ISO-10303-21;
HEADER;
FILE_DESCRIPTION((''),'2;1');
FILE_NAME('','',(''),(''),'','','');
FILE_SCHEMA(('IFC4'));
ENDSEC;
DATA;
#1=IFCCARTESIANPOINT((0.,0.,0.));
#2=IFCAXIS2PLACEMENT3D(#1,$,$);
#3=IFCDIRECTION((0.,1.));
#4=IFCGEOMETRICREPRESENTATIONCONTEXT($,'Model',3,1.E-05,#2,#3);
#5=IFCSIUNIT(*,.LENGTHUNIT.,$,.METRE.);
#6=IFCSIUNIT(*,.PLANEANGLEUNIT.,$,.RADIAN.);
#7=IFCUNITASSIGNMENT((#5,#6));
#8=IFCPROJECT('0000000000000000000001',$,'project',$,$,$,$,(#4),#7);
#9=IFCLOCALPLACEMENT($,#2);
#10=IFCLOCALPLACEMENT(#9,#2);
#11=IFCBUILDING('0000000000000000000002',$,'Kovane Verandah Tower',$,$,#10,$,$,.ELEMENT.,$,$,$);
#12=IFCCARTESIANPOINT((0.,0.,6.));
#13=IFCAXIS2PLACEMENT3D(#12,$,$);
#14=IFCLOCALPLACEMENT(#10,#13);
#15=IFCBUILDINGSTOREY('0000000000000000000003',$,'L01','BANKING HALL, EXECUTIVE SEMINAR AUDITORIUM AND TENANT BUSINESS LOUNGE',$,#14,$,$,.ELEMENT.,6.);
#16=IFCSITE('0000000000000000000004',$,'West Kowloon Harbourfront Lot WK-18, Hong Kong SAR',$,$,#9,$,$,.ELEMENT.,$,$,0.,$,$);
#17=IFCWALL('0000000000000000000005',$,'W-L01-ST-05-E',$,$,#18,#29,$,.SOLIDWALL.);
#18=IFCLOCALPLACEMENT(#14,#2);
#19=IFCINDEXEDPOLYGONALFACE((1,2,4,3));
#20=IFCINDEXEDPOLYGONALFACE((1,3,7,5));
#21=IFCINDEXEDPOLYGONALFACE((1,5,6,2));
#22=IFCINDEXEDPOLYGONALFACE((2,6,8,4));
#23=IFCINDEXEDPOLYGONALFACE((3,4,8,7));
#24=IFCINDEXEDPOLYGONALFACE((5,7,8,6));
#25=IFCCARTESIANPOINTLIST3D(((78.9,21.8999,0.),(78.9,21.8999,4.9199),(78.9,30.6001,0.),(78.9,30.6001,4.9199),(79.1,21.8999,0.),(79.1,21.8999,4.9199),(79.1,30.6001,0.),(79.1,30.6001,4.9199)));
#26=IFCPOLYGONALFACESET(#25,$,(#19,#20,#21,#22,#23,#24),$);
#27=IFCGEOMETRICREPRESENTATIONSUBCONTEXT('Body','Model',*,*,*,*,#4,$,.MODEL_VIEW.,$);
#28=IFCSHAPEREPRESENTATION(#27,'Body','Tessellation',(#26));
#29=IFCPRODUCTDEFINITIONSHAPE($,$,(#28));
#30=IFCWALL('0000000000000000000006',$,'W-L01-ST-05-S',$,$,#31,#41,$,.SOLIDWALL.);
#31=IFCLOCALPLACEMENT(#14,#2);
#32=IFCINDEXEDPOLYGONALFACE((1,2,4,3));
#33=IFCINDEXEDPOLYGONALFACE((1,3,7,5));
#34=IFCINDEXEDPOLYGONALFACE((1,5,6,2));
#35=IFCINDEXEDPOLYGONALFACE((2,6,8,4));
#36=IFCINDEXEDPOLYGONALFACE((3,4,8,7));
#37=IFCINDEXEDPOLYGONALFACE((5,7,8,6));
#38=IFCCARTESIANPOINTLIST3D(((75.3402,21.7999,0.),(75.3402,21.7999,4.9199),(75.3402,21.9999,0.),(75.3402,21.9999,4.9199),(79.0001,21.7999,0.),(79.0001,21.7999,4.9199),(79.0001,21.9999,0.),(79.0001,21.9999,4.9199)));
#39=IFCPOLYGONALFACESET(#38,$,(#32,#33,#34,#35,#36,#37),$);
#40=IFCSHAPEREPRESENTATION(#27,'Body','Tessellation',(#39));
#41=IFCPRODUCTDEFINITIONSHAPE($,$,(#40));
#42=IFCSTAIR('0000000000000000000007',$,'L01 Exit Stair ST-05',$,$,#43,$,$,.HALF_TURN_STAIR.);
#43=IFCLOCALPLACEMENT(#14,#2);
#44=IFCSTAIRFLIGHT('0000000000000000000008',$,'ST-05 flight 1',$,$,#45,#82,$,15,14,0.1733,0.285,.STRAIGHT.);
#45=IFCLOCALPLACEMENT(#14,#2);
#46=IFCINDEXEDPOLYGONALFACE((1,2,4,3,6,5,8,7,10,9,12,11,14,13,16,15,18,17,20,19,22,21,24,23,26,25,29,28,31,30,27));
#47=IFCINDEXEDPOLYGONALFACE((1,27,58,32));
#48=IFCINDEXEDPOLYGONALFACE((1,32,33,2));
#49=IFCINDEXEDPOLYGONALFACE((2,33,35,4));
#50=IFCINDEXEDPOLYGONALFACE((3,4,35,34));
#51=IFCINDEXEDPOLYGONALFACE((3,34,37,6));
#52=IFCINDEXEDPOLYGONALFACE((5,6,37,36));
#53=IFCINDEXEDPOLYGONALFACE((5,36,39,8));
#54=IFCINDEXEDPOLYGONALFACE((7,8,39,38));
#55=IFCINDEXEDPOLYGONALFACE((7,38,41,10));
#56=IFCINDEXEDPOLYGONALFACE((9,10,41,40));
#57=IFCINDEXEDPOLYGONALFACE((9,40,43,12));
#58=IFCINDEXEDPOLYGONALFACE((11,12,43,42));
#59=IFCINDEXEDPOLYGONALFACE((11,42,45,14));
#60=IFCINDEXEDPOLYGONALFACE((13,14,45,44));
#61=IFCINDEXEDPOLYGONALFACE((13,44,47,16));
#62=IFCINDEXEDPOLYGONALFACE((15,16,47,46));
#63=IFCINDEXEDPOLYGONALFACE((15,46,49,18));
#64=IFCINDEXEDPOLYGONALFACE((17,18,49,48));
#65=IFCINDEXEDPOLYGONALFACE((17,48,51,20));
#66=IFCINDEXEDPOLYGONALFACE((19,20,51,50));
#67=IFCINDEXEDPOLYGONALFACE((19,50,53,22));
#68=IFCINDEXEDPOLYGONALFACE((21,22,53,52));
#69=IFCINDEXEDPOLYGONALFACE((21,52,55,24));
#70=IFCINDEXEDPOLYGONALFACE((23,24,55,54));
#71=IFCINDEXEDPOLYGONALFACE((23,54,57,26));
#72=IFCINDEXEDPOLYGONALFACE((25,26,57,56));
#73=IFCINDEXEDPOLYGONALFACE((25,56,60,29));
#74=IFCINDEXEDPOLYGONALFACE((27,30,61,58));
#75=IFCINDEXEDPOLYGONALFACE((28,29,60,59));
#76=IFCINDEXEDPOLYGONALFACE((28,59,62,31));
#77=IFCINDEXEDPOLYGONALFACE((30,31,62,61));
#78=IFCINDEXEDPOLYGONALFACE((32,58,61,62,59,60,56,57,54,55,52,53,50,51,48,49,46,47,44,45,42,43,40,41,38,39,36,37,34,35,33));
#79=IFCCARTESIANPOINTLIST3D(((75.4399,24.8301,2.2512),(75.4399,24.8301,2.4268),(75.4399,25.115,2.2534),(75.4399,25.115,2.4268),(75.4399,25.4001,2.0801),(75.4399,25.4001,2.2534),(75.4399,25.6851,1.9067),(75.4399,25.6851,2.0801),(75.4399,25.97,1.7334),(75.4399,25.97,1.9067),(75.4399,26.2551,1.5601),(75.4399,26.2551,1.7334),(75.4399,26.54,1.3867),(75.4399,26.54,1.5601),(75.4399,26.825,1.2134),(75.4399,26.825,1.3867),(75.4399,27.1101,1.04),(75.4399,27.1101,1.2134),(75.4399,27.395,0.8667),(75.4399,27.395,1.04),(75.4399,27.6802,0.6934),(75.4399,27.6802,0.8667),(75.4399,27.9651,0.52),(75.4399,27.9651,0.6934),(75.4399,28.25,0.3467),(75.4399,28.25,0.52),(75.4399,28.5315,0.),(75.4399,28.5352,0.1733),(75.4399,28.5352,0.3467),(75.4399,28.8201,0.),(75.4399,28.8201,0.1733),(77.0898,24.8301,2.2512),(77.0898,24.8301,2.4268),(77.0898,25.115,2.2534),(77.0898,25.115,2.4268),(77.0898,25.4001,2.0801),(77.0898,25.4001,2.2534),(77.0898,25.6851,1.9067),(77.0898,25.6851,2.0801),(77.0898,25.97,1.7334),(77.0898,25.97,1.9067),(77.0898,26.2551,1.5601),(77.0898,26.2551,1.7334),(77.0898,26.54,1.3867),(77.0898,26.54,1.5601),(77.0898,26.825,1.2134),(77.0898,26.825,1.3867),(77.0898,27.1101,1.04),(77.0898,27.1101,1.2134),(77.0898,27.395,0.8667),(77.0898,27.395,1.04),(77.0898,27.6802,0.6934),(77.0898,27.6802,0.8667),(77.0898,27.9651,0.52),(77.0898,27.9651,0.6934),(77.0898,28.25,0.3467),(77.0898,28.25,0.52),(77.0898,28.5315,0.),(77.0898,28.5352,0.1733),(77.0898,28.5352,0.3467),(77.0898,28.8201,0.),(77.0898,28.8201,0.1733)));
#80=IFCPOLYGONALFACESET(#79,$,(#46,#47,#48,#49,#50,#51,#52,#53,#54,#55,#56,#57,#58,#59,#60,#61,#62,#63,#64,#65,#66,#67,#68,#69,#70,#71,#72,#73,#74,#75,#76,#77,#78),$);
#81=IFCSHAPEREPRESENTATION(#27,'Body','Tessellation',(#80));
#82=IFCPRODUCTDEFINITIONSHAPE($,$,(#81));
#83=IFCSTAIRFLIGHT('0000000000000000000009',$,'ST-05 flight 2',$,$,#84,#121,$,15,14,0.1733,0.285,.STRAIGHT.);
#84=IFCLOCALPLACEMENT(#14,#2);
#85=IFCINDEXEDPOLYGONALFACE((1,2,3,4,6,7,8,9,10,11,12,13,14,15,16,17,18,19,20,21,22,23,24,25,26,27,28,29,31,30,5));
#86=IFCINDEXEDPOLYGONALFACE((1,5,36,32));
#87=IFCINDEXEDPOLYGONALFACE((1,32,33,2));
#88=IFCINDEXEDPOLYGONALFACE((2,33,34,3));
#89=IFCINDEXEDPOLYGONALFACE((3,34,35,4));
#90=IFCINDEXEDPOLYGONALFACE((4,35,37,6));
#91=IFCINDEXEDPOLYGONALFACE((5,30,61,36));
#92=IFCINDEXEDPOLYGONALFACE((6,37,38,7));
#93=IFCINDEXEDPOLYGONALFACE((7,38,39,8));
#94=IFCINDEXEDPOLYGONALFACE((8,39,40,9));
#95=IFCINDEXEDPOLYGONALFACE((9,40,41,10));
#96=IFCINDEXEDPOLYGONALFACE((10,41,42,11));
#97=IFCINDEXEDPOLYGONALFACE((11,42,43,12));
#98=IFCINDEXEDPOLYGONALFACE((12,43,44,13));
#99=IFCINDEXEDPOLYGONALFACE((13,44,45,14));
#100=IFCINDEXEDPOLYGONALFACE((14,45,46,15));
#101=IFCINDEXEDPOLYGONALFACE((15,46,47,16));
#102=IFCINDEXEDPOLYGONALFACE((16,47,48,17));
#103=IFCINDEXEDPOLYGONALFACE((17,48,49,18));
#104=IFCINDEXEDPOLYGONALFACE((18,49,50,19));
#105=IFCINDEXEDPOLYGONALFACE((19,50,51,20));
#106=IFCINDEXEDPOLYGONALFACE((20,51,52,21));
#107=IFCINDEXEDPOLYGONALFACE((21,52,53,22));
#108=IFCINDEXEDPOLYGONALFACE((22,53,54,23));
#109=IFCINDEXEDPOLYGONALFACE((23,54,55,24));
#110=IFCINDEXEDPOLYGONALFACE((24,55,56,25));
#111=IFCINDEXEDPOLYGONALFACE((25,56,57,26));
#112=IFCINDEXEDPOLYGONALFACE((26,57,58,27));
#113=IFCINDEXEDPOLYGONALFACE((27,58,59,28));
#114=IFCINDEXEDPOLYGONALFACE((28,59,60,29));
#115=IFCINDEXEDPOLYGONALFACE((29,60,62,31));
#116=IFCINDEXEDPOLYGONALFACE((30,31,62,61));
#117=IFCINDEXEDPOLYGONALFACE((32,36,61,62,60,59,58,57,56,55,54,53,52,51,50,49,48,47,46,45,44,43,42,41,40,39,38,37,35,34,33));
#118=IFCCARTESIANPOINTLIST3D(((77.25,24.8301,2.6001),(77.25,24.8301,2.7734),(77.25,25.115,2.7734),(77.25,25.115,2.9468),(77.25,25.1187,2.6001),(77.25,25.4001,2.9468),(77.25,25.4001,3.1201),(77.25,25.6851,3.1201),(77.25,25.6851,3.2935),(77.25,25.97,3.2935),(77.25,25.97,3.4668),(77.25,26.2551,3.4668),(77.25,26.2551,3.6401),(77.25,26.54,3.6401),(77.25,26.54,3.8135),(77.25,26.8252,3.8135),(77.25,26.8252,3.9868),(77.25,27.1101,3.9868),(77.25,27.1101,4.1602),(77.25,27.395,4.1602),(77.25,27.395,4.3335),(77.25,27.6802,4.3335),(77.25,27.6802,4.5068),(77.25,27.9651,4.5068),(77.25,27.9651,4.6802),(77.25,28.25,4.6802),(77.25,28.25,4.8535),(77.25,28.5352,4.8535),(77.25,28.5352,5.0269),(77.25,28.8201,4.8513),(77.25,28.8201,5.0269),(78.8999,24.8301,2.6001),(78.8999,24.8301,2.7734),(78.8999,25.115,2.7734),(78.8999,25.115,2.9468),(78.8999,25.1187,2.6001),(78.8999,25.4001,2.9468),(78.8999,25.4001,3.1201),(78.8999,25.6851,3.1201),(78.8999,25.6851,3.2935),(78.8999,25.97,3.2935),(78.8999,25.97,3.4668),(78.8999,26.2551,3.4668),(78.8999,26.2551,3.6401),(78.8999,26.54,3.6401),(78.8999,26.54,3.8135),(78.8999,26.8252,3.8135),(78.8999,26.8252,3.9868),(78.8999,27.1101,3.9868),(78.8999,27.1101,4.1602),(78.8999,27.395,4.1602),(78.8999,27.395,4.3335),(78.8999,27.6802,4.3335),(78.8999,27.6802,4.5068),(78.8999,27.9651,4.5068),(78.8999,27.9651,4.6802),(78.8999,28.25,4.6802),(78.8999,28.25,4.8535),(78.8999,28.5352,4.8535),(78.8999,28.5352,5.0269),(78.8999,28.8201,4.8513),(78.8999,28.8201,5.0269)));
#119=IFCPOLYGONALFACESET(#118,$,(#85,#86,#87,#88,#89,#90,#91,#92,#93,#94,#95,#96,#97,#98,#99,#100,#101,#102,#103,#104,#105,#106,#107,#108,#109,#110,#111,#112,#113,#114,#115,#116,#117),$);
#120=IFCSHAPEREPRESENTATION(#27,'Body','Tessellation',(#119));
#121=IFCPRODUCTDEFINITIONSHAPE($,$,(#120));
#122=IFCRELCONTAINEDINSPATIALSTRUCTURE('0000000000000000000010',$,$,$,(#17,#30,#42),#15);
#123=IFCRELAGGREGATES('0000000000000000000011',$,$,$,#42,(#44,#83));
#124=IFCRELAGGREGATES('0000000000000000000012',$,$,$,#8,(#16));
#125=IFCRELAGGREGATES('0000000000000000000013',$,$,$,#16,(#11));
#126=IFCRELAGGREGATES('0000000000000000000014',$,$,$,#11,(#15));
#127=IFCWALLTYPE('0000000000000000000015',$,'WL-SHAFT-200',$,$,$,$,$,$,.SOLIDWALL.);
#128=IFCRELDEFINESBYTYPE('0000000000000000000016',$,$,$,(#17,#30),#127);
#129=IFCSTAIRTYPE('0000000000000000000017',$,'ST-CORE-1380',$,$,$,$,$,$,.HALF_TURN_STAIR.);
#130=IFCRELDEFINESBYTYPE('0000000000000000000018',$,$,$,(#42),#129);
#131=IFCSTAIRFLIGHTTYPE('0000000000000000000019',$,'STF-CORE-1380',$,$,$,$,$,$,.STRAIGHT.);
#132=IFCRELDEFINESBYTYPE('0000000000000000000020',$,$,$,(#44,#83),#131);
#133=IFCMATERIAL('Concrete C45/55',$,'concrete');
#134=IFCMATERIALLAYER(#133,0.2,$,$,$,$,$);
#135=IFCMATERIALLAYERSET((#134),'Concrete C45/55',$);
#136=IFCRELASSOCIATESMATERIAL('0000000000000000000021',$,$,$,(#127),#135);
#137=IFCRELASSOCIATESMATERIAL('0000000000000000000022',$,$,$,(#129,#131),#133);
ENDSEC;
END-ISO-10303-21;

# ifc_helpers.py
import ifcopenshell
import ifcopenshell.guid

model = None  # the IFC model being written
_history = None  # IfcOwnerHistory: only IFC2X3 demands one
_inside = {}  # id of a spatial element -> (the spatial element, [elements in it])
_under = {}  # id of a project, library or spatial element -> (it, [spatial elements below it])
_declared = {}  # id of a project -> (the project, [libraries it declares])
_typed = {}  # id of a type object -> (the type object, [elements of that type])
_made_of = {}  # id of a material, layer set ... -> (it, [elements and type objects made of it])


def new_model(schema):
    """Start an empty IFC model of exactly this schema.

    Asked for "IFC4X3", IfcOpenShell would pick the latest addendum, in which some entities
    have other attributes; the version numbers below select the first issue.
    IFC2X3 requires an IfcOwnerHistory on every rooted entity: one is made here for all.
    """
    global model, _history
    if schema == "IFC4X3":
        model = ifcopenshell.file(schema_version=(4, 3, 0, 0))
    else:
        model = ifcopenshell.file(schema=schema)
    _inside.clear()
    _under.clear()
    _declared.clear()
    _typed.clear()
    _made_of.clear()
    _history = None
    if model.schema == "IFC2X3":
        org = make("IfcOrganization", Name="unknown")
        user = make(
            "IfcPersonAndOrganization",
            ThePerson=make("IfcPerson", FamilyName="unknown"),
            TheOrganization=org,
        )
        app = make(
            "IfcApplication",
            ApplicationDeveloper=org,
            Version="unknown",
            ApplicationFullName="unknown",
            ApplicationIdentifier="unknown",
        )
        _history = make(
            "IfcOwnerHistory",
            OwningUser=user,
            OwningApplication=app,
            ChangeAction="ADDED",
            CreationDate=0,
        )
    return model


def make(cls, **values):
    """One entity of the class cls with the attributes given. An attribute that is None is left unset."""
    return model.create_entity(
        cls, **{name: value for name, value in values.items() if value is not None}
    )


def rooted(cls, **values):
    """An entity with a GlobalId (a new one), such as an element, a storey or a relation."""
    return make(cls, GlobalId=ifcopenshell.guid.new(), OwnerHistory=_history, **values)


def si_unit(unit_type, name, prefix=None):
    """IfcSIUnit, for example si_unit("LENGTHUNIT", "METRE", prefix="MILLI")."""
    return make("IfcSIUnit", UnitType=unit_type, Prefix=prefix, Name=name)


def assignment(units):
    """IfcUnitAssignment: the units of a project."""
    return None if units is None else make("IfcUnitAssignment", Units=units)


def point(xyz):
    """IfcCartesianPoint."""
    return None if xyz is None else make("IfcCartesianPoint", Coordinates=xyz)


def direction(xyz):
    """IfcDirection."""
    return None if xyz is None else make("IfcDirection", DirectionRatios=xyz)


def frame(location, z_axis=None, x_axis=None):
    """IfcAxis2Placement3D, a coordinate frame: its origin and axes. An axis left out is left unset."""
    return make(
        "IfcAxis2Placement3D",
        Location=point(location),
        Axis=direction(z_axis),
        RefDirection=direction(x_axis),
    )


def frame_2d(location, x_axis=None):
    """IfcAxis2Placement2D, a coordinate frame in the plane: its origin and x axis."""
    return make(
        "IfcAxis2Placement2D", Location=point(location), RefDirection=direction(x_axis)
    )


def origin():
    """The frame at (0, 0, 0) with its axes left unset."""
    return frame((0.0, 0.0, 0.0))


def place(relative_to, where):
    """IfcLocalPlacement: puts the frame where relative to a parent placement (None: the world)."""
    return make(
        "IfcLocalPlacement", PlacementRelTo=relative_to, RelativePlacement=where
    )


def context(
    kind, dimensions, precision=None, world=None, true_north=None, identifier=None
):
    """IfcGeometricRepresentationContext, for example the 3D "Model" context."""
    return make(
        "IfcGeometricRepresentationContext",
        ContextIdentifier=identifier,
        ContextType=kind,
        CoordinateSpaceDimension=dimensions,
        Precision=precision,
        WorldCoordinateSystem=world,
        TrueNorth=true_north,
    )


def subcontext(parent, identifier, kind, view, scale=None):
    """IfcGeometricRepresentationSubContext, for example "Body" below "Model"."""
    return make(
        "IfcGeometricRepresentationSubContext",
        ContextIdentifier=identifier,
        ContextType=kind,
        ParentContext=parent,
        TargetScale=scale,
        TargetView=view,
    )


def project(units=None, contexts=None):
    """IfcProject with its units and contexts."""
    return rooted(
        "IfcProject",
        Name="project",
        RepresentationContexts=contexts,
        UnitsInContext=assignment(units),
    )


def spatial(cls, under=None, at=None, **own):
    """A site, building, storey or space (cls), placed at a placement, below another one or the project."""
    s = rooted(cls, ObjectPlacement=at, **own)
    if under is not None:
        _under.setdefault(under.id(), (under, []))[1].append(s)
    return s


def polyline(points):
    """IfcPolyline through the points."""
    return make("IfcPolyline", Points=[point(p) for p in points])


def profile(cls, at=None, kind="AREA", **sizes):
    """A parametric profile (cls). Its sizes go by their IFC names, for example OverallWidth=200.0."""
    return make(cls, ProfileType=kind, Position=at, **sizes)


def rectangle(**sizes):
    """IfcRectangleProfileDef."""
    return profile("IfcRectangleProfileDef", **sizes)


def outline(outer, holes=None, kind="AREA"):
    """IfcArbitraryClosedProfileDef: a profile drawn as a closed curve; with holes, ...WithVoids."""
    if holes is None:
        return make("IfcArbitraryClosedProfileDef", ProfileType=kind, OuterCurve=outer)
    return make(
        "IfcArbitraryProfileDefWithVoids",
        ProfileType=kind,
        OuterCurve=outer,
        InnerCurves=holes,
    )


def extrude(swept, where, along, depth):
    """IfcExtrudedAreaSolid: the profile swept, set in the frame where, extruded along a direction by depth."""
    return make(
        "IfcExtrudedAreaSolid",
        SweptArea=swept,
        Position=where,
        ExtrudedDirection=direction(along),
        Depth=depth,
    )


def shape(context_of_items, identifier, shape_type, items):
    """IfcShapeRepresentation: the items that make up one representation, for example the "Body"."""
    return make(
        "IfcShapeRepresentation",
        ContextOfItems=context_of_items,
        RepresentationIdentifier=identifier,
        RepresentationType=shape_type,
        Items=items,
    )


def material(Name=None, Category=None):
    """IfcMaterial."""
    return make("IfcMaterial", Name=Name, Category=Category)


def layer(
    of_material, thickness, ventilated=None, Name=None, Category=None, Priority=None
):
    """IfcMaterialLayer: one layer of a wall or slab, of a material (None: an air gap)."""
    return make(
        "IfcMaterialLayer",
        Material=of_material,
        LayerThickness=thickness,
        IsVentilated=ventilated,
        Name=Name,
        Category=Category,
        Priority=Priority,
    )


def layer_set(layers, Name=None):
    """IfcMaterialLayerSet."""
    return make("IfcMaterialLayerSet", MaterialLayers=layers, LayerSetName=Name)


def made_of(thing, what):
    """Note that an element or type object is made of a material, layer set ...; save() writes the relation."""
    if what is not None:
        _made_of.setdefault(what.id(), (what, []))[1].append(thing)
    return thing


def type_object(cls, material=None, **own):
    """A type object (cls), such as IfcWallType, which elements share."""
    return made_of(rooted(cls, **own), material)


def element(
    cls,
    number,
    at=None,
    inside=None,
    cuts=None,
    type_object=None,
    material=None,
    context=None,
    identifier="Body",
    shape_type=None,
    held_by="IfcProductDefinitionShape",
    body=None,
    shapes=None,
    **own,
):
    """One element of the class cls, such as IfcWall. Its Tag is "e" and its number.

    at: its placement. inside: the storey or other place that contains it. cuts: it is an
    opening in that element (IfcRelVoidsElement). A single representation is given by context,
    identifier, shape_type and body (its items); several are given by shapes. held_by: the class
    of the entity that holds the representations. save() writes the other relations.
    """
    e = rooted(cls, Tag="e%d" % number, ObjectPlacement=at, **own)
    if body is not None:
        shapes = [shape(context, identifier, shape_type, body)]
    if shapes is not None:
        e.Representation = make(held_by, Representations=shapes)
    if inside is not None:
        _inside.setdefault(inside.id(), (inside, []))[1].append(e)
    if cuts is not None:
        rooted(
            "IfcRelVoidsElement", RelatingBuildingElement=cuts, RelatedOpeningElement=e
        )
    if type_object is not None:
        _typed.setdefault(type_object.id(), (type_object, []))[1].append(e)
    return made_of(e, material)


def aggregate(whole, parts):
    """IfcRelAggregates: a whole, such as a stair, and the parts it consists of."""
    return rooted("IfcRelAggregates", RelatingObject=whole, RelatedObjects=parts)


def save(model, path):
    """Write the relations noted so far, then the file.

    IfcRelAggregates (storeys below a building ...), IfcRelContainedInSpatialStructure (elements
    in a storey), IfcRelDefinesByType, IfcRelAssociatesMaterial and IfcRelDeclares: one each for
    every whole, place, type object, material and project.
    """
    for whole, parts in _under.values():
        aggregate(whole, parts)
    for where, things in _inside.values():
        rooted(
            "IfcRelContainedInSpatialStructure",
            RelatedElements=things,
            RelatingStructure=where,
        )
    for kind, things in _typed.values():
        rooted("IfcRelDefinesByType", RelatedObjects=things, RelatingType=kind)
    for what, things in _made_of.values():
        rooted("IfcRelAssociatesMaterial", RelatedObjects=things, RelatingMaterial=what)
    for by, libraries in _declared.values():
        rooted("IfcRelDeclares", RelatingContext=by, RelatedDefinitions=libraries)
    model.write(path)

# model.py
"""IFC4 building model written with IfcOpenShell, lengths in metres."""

from ifc_helpers import new_model, si_unit, direction, frame, frame_2d, origin, place, context, subcontext, project, spatial, polyline, rectangle, outline, extrude, material, layer, layer_set, type_object, element, aggregate, save


model = new_model("IFC4")

# Units and contexts
model_context = context("Model", 3, precision=1e-05, world=origin(), true_north=direction((0.0, 1.0)))
body_context = subcontext(model_context, "Body", "Model", "MODEL_VIEW")
ifc_project = project(units=[si_unit("LENGTHUNIT", "METRE"), si_unit("PLANEANGLEUNIT", "RADIAN")], contexts=[model_context])

# Site, building, storey
site_placement = place(None, origin())
site = spatial("IfcSite", under=ifc_project, at=site_placement, Name="West Kowloon Harbourfront Lot WK-18, Hong Kong SAR", CompositionType="ELEMENT", RefElevation=0.0)
building_placement = place(site_placement, origin())
building = spatial("IfcBuilding", under=site, at=building_placement, Name="Kovane Verandah Tower", CompositionType="ELEMENT")
storey_placement = place(building_placement, frame((0.0, 0.0, 6.0)))
storey = spatial("IfcBuildingStorey", under=building, at=storey_placement, Name="L01", Description="BANKING HALL, EXECUTIVE SEMINAR AUDITORIUM AND TENANT BUSINESS LOUNGE", CompositionType="ELEMENT", Elevation=6.0)

# Walls
ifc_material_1 = material(Name="Concrete C45/55", Category="concrete")
ifc_layer_1 = layer(ifc_material_1, 0.2)
ifc_layer_set_1 = layer_set([ifc_layer_1], Name="Concrete C45/55")
wall_type = type_object("IfcWallType", Name="WL-SHAFT-200", PredefinedType="SOLIDWALL", material=ifc_layer_set_1)
for number, where, z_axis, x_axis, name in (
    (1, (79.0, 21.8999, 0.0), (0.0, 0.0, 1.0), (0.0, 1.0, 0.0), "W-L01-ST-05-E"),
):
    element("IfcWall", number, at=place(storey_placement, frame(where, z_axis=z_axis, x_axis=x_axis)), inside=storey, type_object=wall_type, Name=name, PredefinedType="SOLIDWALL", context=body_context, shape_type="SweptSolid", body=[
        extrude(rectangle(XDim=8.7002, YDim=0.2, at=frame_2d((4.3501, 0.0))), origin(), (0.0, 0.0, 1.0), 4.9199),
    ])
wall_placement = place(storey_placement, frame((75.3401, 21.8999, 0.0), z_axis=(0.0, 0.0, 1.0), x_axis=(1.0, 0.0, 0.0)))
element("IfcWall", 2, at=wall_placement, inside=storey, type_object=wall_type, Name="W-L01-ST-05-S", PredefinedType="SOLIDWALL", context=body_context, shape_type="SweptSolid", body=[
    extrude(rectangle(XDim=3.6599, YDim=0.2, at=frame_2d((1.8301, 0.0))), origin(), (0.0, 0.0, 1.0), 4.9199),
])

# Stair, stair flights
stair_type = type_object("IfcStairType", Name="ST-CORE-1380", PredefinedType="HALF_TURN_STAIR", material=ifc_material_1)
stair_placement = place(storey_placement, origin())
stair = element("IfcStair", 3, at=stair_placement, inside=storey, type_object=stair_type, Name="L01 Exit Stair ST-05", PredefinedType="HALF_TURN_STAIR")
stair_flight_type = type_object("IfcStairFlightType", Name="STF-CORE-1380", PredefinedType="STRAIGHT", material=ifc_material_1)
stair_flight_1_placement = place(storey_placement, frame((76.2649, 28.8201, 0.0), z_axis=(0.0, 0.0, 1.0), x_axis=(0.0, -1.0, 0.0)))
stair_flight_1 = element("IfcStairFlight", 4, at=stair_flight_1_placement, type_object=stair_flight_type, Name="ST-05 flight 1", NumberOfRisers=15, NumberOfTreads=14, PredefinedType="STRAIGHT", RiserHeight=0.1733, TreadLength=0.285, context=body_context, shape_type="SweptSolid", body=[
    extrude(outline(polyline([(0.0, 0.0), (0.0, 0.1733), (0.2849, 0.1733), (0.2849, 0.3467), (0.5701, 0.3467), (0.5701, 0.52), (0.855, 0.52), (0.855, 0.6934), (1.1399, 0.6934), (1.1399, 0.8667), (1.425, 0.8667), (1.425, 1.04), (1.71, 1.04), (1.71, 1.2134), (1.9951, 1.2134), (1.9951, 1.3867), (2.28, 1.3867), (2.28, 1.5601), (2.5649, 1.5601), (2.5649, 1.7334), (2.8501, 1.7334), (2.8501, 1.9067), (3.135, 1.9067), (3.135, 2.0801), (3.4199, 2.0801), (3.4199, 2.2534), (3.7051, 2.2534), (3.7051, 2.4268), (3.99, 2.4268), (3.99, 2.6001), (3.99, 2.2512), (0.2886, 0.0), (0.0, 0.0)])), frame((0.0, 0.825, 0.0), z_axis=(0.0, -1.0, 0.0), x_axis=(1.0, 0.0, 0.0)), (0.0, 0.0, 1.0), 1.6499),
])
stair_flight_2_placement = place(storey_placement, frame((78.075, 24.8301, 2.6001), z_axis=(0.0, 0.0, 1.0), x_axis=(0.0, 1.0, 0.0)))
stair_flight_2 = element("IfcStairFlight", 5, at=stair_flight_2_placement, type_object=stair_flight_type, Name="ST-05 flight 2", NumberOfRisers=15, NumberOfTreads=14, PredefinedType="STRAIGHT", RiserHeight=0.1733, TreadLength=0.285, context=body_context, shape_type="SweptSolid", body=[
    extrude(outline(polyline([(0.0, 0.0), (0.0, 0.1733), (0.2849, 0.1733), (0.2849, 0.3467), (0.5701, 0.3467), (0.5701, 0.52), (0.855, 0.52), (0.855, 0.6934), (1.1399, 0.6934), (1.1399, 0.8667), (1.425, 0.8667), (1.425, 1.04), (1.71, 1.04), (1.71, 1.2134), (1.9951, 1.2134), (1.9951, 1.3867), (2.28, 1.3867), (2.28, 1.5601), (2.5649, 1.5601), (2.5649, 1.7334), (2.8501, 1.7334), (2.8501, 1.9067), (3.135, 1.9067), (3.135, 2.0801), (3.4199, 2.0801), (3.4199, 2.2534), (3.7051, 2.2534), (3.7051, 2.4268), (3.99, 2.4268), (3.99, 2.6001), (3.99, 2.2512), (0.2886, 0.0), (0.0, 0.0)])), frame((0.0, 0.825, 0.0), z_axis=(0.0, -1.0, 0.0), x_axis=(1.0, 0.0, 0.0)), (0.0, 0.0, 1.0), 1.6499),
])
aggregate(stair, [stair_flight_1, stair_flight_2])

save(model, "model.ifc")
